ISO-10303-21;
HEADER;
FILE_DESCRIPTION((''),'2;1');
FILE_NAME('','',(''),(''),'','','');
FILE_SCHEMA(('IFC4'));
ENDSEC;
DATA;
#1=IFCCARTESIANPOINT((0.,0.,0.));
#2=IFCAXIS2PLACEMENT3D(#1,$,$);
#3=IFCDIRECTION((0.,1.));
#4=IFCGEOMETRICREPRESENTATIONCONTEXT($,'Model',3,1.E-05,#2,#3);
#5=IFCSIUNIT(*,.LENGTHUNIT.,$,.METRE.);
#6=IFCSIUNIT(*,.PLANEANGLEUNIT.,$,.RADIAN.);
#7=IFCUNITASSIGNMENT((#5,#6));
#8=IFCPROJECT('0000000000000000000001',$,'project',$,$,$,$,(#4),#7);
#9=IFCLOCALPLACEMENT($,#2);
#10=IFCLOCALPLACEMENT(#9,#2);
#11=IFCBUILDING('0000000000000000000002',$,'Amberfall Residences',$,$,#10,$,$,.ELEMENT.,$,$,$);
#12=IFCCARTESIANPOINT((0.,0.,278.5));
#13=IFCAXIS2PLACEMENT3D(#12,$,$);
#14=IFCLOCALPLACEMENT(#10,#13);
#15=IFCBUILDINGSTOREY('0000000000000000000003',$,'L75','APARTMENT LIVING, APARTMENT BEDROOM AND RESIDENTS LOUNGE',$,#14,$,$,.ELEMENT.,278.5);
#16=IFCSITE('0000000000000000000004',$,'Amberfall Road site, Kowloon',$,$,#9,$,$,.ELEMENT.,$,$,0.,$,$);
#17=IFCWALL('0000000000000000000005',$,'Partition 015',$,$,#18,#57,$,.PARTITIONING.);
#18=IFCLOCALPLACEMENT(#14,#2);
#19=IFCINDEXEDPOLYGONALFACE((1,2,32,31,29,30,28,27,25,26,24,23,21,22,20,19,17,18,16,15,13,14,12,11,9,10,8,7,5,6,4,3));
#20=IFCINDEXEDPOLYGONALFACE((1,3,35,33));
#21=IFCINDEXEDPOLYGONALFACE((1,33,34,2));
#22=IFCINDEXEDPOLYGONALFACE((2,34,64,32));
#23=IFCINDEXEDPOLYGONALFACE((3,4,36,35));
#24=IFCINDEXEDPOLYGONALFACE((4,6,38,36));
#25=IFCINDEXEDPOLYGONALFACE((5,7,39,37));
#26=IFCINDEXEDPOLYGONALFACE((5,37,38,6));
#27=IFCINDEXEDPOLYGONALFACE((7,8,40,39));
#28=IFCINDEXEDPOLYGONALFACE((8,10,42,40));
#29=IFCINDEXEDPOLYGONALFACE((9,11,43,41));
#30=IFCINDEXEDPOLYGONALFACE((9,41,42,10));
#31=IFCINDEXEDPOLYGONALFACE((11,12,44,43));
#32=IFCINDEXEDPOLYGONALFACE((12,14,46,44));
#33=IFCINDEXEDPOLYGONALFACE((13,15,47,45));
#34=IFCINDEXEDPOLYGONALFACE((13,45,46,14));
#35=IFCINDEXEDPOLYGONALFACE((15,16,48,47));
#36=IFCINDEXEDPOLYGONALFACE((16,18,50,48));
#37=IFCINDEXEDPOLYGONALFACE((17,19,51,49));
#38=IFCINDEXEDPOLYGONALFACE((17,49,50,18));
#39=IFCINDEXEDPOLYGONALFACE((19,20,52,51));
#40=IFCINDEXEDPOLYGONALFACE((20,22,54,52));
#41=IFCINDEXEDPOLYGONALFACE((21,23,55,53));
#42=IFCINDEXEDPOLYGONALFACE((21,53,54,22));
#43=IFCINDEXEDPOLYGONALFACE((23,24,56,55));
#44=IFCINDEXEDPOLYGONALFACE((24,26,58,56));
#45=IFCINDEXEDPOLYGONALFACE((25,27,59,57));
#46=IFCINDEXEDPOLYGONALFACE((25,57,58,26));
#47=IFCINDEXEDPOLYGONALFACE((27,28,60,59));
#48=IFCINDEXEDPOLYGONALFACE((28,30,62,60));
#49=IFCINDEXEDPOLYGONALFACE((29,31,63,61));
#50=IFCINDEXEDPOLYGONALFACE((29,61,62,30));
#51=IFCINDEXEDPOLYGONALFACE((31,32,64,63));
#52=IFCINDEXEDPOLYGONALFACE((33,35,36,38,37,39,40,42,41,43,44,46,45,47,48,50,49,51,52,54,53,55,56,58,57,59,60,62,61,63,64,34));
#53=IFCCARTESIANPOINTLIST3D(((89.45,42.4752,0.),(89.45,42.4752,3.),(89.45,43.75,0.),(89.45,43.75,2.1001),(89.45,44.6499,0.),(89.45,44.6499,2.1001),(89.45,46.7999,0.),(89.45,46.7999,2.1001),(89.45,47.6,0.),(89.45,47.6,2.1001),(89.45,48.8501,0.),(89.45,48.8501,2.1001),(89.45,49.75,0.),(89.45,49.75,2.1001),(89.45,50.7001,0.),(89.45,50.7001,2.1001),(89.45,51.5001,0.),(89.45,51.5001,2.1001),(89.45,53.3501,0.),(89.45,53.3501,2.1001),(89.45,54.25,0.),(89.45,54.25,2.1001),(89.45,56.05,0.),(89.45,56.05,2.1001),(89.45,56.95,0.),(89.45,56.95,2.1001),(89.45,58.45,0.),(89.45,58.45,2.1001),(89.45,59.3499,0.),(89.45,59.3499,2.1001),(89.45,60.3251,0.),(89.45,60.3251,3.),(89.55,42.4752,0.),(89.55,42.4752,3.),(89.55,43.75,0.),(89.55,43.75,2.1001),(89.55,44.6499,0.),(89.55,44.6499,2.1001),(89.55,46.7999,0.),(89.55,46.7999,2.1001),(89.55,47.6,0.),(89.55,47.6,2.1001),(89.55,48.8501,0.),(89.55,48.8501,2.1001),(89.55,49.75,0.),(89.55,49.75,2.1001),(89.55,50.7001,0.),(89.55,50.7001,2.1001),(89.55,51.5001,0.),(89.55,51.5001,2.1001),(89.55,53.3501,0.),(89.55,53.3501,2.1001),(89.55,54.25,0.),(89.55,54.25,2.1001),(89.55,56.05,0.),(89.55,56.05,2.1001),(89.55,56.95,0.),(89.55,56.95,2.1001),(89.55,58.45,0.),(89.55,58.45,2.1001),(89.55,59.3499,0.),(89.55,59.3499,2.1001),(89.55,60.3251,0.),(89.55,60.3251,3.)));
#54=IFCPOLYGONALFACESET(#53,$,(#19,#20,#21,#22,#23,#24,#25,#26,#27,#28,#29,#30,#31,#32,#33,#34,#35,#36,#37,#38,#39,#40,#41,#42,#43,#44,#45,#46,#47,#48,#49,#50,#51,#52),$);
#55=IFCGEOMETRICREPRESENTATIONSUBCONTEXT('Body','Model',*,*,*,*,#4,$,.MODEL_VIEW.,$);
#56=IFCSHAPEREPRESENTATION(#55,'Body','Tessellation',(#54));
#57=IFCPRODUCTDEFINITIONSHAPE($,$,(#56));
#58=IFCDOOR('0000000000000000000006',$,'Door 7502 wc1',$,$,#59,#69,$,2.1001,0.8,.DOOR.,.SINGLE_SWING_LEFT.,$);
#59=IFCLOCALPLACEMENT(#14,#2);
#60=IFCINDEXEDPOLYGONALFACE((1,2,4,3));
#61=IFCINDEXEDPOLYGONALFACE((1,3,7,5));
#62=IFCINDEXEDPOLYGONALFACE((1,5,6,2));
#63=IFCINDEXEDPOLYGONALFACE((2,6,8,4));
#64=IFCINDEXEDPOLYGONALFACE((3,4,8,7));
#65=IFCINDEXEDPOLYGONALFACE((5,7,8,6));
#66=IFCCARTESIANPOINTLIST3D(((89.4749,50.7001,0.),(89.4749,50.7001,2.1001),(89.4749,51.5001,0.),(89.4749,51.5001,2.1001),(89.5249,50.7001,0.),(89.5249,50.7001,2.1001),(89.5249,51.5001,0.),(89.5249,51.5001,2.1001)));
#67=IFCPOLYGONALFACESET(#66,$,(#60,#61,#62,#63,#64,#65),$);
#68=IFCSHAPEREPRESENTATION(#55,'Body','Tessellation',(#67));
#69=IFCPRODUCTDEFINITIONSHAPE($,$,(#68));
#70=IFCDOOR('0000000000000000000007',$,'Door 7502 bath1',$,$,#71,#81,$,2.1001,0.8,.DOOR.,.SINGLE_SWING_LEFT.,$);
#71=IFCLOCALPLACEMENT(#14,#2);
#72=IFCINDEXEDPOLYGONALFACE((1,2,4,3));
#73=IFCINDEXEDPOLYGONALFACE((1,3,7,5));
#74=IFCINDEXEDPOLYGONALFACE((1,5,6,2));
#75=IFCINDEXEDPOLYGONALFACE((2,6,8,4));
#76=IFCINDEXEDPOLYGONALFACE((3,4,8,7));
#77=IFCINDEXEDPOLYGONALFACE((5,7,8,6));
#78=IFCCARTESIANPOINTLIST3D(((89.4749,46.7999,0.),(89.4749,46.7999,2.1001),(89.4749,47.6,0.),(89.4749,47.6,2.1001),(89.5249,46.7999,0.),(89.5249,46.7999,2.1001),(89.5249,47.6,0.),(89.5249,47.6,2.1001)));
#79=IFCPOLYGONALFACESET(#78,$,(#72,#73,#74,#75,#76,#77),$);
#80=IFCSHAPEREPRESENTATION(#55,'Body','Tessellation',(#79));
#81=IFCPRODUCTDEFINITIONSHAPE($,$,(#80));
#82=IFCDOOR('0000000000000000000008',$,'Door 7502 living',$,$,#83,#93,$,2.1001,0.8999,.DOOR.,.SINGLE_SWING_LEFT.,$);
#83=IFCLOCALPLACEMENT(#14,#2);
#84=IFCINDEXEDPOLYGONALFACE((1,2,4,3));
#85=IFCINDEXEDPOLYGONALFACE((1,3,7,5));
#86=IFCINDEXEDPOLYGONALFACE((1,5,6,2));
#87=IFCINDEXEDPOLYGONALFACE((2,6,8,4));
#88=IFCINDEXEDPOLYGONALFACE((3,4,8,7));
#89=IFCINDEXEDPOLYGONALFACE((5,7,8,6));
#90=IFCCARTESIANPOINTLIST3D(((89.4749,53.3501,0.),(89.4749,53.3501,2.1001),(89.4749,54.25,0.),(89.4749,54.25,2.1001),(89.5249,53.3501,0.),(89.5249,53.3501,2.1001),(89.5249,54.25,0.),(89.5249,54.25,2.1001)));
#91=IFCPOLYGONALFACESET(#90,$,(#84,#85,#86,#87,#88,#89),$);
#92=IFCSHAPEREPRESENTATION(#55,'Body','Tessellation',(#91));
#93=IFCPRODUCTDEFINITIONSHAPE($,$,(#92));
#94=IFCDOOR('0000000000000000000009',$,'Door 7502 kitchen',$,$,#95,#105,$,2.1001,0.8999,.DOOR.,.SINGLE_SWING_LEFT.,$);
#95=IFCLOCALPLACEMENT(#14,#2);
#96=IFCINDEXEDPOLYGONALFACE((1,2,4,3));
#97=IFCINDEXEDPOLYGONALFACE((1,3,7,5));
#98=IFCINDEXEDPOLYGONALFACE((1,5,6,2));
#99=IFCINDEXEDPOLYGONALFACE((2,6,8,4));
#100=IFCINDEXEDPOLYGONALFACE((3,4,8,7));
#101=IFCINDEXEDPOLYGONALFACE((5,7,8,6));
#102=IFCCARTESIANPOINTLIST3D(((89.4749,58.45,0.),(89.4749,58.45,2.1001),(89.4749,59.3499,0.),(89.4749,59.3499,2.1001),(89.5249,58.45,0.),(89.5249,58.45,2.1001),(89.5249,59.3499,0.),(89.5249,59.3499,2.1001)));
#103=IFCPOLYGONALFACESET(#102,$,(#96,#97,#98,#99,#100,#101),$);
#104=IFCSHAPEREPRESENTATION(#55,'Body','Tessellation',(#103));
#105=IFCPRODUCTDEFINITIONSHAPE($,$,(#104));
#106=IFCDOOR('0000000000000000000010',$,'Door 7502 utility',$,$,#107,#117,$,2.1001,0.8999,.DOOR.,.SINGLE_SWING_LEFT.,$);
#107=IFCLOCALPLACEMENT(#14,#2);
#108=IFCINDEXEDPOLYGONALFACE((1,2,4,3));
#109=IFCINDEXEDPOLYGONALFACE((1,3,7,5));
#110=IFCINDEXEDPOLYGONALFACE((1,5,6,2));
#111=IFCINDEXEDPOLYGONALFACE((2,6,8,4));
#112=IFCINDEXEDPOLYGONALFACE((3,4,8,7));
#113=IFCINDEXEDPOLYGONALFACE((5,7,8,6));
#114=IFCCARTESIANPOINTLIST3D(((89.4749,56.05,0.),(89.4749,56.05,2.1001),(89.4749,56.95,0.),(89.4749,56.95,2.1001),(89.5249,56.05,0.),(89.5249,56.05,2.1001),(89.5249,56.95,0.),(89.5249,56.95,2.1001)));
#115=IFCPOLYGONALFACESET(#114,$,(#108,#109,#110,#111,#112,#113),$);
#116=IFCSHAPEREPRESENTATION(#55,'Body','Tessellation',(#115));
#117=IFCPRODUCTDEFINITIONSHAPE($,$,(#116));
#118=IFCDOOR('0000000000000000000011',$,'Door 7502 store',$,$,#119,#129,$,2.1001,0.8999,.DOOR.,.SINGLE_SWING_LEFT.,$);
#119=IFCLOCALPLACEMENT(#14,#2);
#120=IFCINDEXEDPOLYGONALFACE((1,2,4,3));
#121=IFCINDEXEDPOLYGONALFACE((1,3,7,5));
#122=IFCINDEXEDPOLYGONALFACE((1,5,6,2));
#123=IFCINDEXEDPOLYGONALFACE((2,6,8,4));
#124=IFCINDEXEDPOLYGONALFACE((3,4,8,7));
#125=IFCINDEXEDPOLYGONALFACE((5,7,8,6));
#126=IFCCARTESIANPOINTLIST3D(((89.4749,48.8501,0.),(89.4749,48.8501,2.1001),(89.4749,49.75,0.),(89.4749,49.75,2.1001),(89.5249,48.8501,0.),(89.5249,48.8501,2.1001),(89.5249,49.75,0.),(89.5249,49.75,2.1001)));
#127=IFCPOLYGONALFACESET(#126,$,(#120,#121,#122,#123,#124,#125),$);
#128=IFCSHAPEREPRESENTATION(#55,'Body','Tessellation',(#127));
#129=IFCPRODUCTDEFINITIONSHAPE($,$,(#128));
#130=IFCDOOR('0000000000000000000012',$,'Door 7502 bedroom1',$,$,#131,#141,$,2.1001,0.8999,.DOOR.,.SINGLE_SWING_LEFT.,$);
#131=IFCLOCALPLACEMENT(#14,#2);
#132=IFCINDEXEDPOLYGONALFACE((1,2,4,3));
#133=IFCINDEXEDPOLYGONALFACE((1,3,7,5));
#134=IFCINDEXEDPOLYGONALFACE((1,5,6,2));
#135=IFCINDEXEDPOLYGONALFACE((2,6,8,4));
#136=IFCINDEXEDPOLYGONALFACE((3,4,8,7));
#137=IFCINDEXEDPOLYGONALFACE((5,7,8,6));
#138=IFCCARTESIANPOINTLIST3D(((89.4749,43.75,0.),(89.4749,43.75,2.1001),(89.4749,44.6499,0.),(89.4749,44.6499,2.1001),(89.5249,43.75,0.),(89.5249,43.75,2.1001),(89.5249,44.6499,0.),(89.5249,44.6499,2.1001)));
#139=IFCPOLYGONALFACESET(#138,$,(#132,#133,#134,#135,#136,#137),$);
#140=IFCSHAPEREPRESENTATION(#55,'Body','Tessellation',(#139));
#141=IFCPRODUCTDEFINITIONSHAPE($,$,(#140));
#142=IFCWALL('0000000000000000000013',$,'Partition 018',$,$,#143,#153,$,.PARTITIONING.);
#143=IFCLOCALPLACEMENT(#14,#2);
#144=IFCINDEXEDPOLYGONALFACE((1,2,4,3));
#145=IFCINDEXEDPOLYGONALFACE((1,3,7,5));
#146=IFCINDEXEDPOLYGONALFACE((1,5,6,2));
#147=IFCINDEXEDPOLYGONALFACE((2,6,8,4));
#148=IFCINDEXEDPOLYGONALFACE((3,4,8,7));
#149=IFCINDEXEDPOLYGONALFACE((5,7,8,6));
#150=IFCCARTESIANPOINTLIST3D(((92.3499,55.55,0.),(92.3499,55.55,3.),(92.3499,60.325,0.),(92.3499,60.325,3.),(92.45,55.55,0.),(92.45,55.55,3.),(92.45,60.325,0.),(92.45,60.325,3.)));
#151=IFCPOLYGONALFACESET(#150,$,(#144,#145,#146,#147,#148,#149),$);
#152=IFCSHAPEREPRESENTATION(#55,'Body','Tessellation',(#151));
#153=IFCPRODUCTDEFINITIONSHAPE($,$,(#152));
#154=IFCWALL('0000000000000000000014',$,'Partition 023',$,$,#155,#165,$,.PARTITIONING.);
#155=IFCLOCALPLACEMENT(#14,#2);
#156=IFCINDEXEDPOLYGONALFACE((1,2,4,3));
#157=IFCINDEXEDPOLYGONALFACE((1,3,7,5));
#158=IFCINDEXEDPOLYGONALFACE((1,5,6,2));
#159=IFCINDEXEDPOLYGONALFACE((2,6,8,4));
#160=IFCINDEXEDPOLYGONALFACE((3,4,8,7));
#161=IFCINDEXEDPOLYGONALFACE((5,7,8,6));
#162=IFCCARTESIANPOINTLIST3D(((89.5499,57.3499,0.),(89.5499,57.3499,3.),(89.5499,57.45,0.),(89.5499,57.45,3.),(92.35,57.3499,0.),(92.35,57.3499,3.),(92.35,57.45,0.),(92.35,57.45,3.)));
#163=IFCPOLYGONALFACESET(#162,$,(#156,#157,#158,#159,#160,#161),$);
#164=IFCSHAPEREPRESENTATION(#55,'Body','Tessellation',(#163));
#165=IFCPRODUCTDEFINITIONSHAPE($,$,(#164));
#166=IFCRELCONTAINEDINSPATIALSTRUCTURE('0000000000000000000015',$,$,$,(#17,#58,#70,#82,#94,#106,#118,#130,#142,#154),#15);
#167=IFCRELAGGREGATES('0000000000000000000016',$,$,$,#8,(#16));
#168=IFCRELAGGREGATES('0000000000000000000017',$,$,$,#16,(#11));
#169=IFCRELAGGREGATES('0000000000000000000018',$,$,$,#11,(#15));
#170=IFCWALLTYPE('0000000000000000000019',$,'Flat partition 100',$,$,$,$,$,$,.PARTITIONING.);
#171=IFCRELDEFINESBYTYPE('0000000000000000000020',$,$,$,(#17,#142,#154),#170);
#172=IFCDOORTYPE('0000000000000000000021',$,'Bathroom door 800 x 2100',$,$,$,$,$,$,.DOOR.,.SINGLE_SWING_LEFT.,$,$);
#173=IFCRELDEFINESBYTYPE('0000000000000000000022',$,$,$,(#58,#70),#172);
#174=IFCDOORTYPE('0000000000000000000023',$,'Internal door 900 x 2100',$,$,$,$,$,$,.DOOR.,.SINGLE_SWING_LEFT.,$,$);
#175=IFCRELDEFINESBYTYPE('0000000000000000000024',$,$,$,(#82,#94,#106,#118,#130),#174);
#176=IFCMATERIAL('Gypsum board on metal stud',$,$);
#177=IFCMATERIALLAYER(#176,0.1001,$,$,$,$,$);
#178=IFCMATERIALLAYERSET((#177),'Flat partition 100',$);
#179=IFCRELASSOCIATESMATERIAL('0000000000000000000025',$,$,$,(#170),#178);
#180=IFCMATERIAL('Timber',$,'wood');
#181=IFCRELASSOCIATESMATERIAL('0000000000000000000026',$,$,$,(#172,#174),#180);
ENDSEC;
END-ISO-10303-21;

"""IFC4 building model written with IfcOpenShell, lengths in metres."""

from ifc_helpers import new_model, si_unit, direction, frame, frame_2d, origin, place, context, subcontext, project, spatial, rectangle, extrude, material, layer, layer_set, type_object, element, fill, save


model = new_model("IFC4")

# Units and contexts
model_context = context("Model", 3, precision=1e-05, world=origin(), true_north=direction((0.0, 1.0)))
body_context = subcontext(model_context, "Body", "Model", "MODEL_VIEW")
ifc_project = project(units=[si_unit("LENGTHUNIT", "METRE"), si_unit("PLANEANGLEUNIT", "RADIAN")], contexts=[model_context])

# Site, building, storey
site_placement = place(None, origin())
site = spatial("IfcSite", under=ifc_project, at=site_placement, Name="Amberfall Road site, Kowloon", CompositionType="ELEMENT", RefElevation=0.0)
building_placement = place(site_placement, origin())
building = spatial("IfcBuilding", under=site, at=building_placement, Name="Amberfall Residences", CompositionType="ELEMENT")
storey_placement = place(building_placement, frame((0.0, 0.0, 278.5)))
storey = spatial("IfcBuildingStorey", under=building, at=storey_placement, Name="L75", Description="APARTMENT LIVING, APARTMENT BEDROOM AND RESIDENTS LOUNGE", CompositionType="ELEMENT", Elevation=278.5)

# Wall, openings, doors
ifc_material_1 = material(Name="Gypsum board on metal stud")
ifc_layer_1 = layer(ifc_material_1, 0.1001)
ifc_layer_set_1 = layer_set([ifc_layer_1], Name="Flat partition 100")
wall_type_1 = type_object("IfcWallType", Name="Flat partition 100", PredefinedType="PARTITIONING", material=ifc_layer_set_1)
wall_1_placement = place(storey_placement, frame((89.5, 60.325, 0.0), z_axis=(0.0, 0.0, 1.0), x_axis=(0.0, -1.0, 0.0)))
wall_1 = element("IfcWall", 1, at=wall_1_placement, inside=storey, type_object=wall_type_1, Name="Partition 015", PredefinedType="PARTITIONING", context=body_context, shape_type="SweptSolid", body=[
    extrude(rectangle(XDim=17.8499, YDim=0.1001, at=frame_2d((8.9248, 0.0))), origin(), (0.0, 0.0, 1.0), 3.0),
])
opening_1_placement = place(wall_1_placement, frame((6.075, 0.0, 0.0)))
opening_1 = element("IfcOpeningElement", 2, at=opening_1_placement, cuts=wall_1, PredefinedType="OPENING", context=body_context, shape_type="SweptSolid", body=[
    extrude(rectangle(XDim=0.8999, YDim=2.1001, at=frame_2d((0.45, 1.05))), frame((0.0, 0.0601, 0.0), z_axis=(0.0, -1.0, 0.0), x_axis=(1.0, 0.0, 0.0)), (0.0, 0.0, 1.0), 0.1201),
])
opening_2_placement = place(wall_1_placement, frame((0.9751, 0.0, 0.0)))
opening_2 = element("IfcOpeningElement", 3, at=opening_2_placement, cuts=wall_1, PredefinedType="OPENING", context=body_context, shape_type="SweptSolid", body=[
    extrude(rectangle(XDim=0.8999, YDim=2.1001, at=frame_2d((0.45, 1.05))), frame((0.0, 0.0601, 0.0), z_axis=(0.0, -1.0, 0.0), x_axis=(1.0, 0.0, 0.0)), (0.0, 0.0, 1.0), 0.1201),
])
opening_3_placement = place(wall_1_placement, frame((3.375, 0.0, 0.0)))
opening_3 = element("IfcOpeningElement", 4, at=opening_3_placement, cuts=wall_1, PredefinedType="OPENING", context=body_context, shape_type="SweptSolid", body=[
    extrude(rectangle(XDim=0.8999, YDim=2.1001, at=frame_2d((0.45, 1.05))), frame((0.0, 0.0601, 0.0), z_axis=(0.0, -1.0, 0.0), x_axis=(1.0, 0.0, 0.0)), (0.0, 0.0, 1.0), 0.1201),
])
opening_4_placement = place(wall_1_placement, frame((10.575, 0.0, 0.0)))
opening_4 = element("IfcOpeningElement", 5, at=opening_4_placement, cuts=wall_1, PredefinedType="OPENING", context=body_context, shape_type="SweptSolid", body=[
    extrude(rectangle(XDim=0.8999, YDim=2.1001, at=frame_2d((0.45, 1.05))), frame((0.0, 0.0601, 0.0), z_axis=(0.0, -1.0, 0.0), x_axis=(1.0, 0.0, 0.0)), (0.0, 0.0, 1.0), 0.1201),
])
opening_5_placement = place(wall_1_placement, frame((8.825, 0.0, 0.0)))
opening_5 = element("IfcOpeningElement", 6, at=opening_5_placement, cuts=wall_1, PredefinedType="OPENING", context=body_context, shape_type="SweptSolid", body=[
    extrude(rectangle(XDim=0.8, YDim=2.1001, at=frame_2d((0.3999, 1.05))), frame((0.0, 0.0601, 0.0), z_axis=(0.0, -1.0, 0.0), x_axis=(1.0, 0.0, 0.0)), (0.0, 0.0, 1.0), 0.1201),
])
opening_6_placement = place(wall_1_placement, frame((15.675, 0.0, 0.0)))
opening_6 = element("IfcOpeningElement", 7, at=opening_6_placement, cuts=wall_1, PredefinedType="OPENING", context=body_context, shape_type="SweptSolid", body=[
    extrude(rectangle(XDim=0.8999, YDim=2.1001, at=frame_2d((0.45, 1.05))), frame((0.0, 0.0601, 0.0), z_axis=(0.0, -1.0, 0.0), x_axis=(1.0, 0.0, 0.0)), (0.0, 0.0, 1.0), 0.1201),
])
opening_7_placement = place(wall_1_placement, frame((12.7251, 0.0, 0.0)))
opening_7 = element("IfcOpeningElement", 8, at=opening_7_placement, cuts=wall_1, PredefinedType="OPENING", context=body_context, shape_type="SweptSolid", body=[
    extrude(rectangle(XDim=0.8, YDim=2.1001, at=frame_2d((0.3999, 1.05))), frame((0.0, 0.0601, 0.0), z_axis=(0.0, -1.0, 0.0), x_axis=(1.0, 0.0, 0.0)), (0.0, 0.0, 1.0), 0.1201),
])
ifc_material_2 = material(Name="Timber", Category="wood")
door_type_1 = type_object("IfcDoorType", Name="Bathroom door 800 x 2100", OperationType="SINGLE_SWING_LEFT", PredefinedType="DOOR", material=ifc_material_2)
door_1_placement = place(opening_5_placement, origin())
door_1 = element("IfcDoor", 9, at=door_1_placement, inside=storey, type_object=door_type_1, Name="Door 7502 wc1", OperationType="SINGLE_SWING_LEFT", OverallHeight=2.1001, OverallWidth=0.8, PredefinedType="DOOR", context=body_context, shape_type="SweptSolid", body=[
    extrude(rectangle(XDim=0.8, YDim=2.1001, at=frame_2d((0.3999, 1.05))), frame((0.0, 0.0249, 0.0), z_axis=(0.0, -1.0, 0.0), x_axis=(1.0, 0.0, 0.0)), (0.0, 0.0, 1.0), 0.05),
])
fill(opening_5, door_1)
door_2_placement = place(opening_7_placement, origin())
door_2 = element("IfcDoor", 10, at=door_2_placement, inside=storey, type_object=door_type_1, Name="Door 7502 bath1", OperationType="SINGLE_SWING_LEFT", OverallHeight=2.1001, OverallWidth=0.8, PredefinedType="DOOR", context=body_context, shape_type="SweptSolid", body=[
    extrude(rectangle(XDim=0.8, YDim=2.1001, at=frame_2d((0.3999, 1.05))), frame((0.0, 0.0249, 0.0), z_axis=(0.0, -1.0, 0.0), x_axis=(1.0, 0.0, 0.0)), (0.0, 0.0, 1.0), 0.05),
])
fill(opening_7, door_2)
door_type_2 = type_object("IfcDoorType", Name="Internal door 900 x 2100", OperationType="SINGLE_SWING_LEFT", PredefinedType="DOOR", material=ifc_material_2)
door_3_placement = place(opening_1_placement, origin())
door_3 = element("IfcDoor", 11, at=door_3_placement, inside=storey, type_object=door_type_2, Name="Door 7502 living", OperationType="SINGLE_SWING_LEFT", OverallHeight=2.1001, OverallWidth=0.8999, PredefinedType="DOOR", context=body_context, shape_type="SweptSolid", body=[
    extrude(rectangle(XDim=0.8999, YDim=2.1001, at=frame_2d((0.45, 1.05))), frame((0.0, 0.0249, 0.0), z_axis=(0.0, -1.0, 0.0), x_axis=(1.0, 0.0, 0.0)), (0.0, 0.0, 1.0), 0.05),
])
fill(opening_1, door_3)
door_4_placement = place(opening_2_placement, origin())
door_4 = element("IfcDoor", 12, at=door_4_placement, inside=storey, type_object=door_type_2, Name="Door 7502 kitchen", OperationType="SINGLE_SWING_LEFT", OverallHeight=2.1001, OverallWidth=0.8999, PredefinedType="DOOR", context=body_context, shape_type="SweptSolid", body=[
    extrude(rectangle(XDim=0.8999, YDim=2.1001, at=frame_2d((0.45, 1.05))), frame((0.0, 0.0249, 0.0), z_axis=(0.0, -1.0, 0.0), x_axis=(1.0, 0.0, 0.0)), (0.0, 0.0, 1.0), 0.05),
])
fill(opening_2, door_4)
door_5_placement = place(opening_3_placement, origin())
door_5 = element("IfcDoor", 13, at=door_5_placement, inside=storey, type_object=door_type_2, Name="Door 7502 utility", OperationType="SINGLE_SWING_LEFT", OverallHeight=2.1001, OverallWidth=0.8999, PredefinedType="DOOR", context=body_context, shape_type="SweptSolid", body=[
    extrude(rectangle(XDim=0.8999, YDim=2.1001, at=frame_2d((0.45, 1.05))), frame((0.0, 0.0249, 0.0), z_axis=(0.0, -1.0, 0.0), x_axis=(1.0, 0.0, 0.0)), (0.0, 0.0, 1.0), 0.05),
])
fill(opening_3, door_5)
door_6_placement = place(opening_4_placement, origin())
door_6 = element("IfcDoor", 14, at=door_6_placement, inside=storey, type_object=door_type_2, Name="Door 7502 store", OperationType="SINGLE_SWING_LEFT", OverallHeight=2.1001, OverallWidth=0.8999, PredefinedType="DOOR", context=body_context, shape_type="SweptSolid", body=[
    extrude(rectangle(XDim=0.8999, YDim=2.1001, at=frame_2d((0.45, 1.05))), frame((0.0, 0.0249, 0.0), z_axis=(0.0, -1.0, 0.0), x_axis=(1.0, 0.0, 0.0)), (0.0, 0.0, 1.0), 0.05),
])
fill(opening_4, door_6)
door_7_placement = place(opening_6_placement, origin())
door_7 = element("IfcDoor", 15, at=door_7_placement, inside=storey, type_object=door_type_2, Name="Door 7502 bedroom1", OperationType="SINGLE_SWING_LEFT", OverallHeight=2.1001, OverallWidth=0.8999, PredefinedType="DOOR", context=body_context, shape_type="SweptSolid", body=[
    extrude(rectangle(XDim=0.8999, YDim=2.1001, at=frame_2d((0.45, 1.05))), frame((0.0, 0.0249, 0.0), z_axis=(0.0, -1.0, 0.0), x_axis=(1.0, 0.0, 0.0)), (0.0, 0.0, 1.0), 0.05),
])
fill(opening_6, door_7)

# Walls
wall_2_placement = place(storey_placement, frame((92.3999, 55.55, 0.0), z_axis=(0.0, 0.0, 1.0), x_axis=(0.0, 1.0, 0.0)))
element("IfcWall", 16, at=wall_2_placement, inside=storey, type_object=wall_type_1, Name="Partition 018", PredefinedType="PARTITIONING", context=body_context, shape_type="SweptSolid", body=[
    extrude(rectangle(XDim=4.7749, YDim=0.1001, at=frame_2d((2.3875, 0.0))), origin(), (0.0, 0.0, 1.0), 3.0),
])
for number, where, z_axis, x_axis, name in (
    (17, (89.55, 57.3999, 0.0), (0.0, 0.0, 1.0), (1.0, 0.0, 0.0), "Partition 023"),
):
    element("IfcWall", number, at=place(storey_placement, frame(where, z_axis=z_axis, x_axis=x_axis)), inside=storey, type_object=wall_type_1, Name=name, PredefinedType="PARTITIONING", context=body_context, shape_type="SweptSolid", body=[
        extrude(rectangle(XDim=2.8, YDim=0.1001, at=frame_2d((1.3999, 0.0))), origin(), (0.0, 0.0, 1.0), 3.0),
    ])

save(model, "model.ifc")
